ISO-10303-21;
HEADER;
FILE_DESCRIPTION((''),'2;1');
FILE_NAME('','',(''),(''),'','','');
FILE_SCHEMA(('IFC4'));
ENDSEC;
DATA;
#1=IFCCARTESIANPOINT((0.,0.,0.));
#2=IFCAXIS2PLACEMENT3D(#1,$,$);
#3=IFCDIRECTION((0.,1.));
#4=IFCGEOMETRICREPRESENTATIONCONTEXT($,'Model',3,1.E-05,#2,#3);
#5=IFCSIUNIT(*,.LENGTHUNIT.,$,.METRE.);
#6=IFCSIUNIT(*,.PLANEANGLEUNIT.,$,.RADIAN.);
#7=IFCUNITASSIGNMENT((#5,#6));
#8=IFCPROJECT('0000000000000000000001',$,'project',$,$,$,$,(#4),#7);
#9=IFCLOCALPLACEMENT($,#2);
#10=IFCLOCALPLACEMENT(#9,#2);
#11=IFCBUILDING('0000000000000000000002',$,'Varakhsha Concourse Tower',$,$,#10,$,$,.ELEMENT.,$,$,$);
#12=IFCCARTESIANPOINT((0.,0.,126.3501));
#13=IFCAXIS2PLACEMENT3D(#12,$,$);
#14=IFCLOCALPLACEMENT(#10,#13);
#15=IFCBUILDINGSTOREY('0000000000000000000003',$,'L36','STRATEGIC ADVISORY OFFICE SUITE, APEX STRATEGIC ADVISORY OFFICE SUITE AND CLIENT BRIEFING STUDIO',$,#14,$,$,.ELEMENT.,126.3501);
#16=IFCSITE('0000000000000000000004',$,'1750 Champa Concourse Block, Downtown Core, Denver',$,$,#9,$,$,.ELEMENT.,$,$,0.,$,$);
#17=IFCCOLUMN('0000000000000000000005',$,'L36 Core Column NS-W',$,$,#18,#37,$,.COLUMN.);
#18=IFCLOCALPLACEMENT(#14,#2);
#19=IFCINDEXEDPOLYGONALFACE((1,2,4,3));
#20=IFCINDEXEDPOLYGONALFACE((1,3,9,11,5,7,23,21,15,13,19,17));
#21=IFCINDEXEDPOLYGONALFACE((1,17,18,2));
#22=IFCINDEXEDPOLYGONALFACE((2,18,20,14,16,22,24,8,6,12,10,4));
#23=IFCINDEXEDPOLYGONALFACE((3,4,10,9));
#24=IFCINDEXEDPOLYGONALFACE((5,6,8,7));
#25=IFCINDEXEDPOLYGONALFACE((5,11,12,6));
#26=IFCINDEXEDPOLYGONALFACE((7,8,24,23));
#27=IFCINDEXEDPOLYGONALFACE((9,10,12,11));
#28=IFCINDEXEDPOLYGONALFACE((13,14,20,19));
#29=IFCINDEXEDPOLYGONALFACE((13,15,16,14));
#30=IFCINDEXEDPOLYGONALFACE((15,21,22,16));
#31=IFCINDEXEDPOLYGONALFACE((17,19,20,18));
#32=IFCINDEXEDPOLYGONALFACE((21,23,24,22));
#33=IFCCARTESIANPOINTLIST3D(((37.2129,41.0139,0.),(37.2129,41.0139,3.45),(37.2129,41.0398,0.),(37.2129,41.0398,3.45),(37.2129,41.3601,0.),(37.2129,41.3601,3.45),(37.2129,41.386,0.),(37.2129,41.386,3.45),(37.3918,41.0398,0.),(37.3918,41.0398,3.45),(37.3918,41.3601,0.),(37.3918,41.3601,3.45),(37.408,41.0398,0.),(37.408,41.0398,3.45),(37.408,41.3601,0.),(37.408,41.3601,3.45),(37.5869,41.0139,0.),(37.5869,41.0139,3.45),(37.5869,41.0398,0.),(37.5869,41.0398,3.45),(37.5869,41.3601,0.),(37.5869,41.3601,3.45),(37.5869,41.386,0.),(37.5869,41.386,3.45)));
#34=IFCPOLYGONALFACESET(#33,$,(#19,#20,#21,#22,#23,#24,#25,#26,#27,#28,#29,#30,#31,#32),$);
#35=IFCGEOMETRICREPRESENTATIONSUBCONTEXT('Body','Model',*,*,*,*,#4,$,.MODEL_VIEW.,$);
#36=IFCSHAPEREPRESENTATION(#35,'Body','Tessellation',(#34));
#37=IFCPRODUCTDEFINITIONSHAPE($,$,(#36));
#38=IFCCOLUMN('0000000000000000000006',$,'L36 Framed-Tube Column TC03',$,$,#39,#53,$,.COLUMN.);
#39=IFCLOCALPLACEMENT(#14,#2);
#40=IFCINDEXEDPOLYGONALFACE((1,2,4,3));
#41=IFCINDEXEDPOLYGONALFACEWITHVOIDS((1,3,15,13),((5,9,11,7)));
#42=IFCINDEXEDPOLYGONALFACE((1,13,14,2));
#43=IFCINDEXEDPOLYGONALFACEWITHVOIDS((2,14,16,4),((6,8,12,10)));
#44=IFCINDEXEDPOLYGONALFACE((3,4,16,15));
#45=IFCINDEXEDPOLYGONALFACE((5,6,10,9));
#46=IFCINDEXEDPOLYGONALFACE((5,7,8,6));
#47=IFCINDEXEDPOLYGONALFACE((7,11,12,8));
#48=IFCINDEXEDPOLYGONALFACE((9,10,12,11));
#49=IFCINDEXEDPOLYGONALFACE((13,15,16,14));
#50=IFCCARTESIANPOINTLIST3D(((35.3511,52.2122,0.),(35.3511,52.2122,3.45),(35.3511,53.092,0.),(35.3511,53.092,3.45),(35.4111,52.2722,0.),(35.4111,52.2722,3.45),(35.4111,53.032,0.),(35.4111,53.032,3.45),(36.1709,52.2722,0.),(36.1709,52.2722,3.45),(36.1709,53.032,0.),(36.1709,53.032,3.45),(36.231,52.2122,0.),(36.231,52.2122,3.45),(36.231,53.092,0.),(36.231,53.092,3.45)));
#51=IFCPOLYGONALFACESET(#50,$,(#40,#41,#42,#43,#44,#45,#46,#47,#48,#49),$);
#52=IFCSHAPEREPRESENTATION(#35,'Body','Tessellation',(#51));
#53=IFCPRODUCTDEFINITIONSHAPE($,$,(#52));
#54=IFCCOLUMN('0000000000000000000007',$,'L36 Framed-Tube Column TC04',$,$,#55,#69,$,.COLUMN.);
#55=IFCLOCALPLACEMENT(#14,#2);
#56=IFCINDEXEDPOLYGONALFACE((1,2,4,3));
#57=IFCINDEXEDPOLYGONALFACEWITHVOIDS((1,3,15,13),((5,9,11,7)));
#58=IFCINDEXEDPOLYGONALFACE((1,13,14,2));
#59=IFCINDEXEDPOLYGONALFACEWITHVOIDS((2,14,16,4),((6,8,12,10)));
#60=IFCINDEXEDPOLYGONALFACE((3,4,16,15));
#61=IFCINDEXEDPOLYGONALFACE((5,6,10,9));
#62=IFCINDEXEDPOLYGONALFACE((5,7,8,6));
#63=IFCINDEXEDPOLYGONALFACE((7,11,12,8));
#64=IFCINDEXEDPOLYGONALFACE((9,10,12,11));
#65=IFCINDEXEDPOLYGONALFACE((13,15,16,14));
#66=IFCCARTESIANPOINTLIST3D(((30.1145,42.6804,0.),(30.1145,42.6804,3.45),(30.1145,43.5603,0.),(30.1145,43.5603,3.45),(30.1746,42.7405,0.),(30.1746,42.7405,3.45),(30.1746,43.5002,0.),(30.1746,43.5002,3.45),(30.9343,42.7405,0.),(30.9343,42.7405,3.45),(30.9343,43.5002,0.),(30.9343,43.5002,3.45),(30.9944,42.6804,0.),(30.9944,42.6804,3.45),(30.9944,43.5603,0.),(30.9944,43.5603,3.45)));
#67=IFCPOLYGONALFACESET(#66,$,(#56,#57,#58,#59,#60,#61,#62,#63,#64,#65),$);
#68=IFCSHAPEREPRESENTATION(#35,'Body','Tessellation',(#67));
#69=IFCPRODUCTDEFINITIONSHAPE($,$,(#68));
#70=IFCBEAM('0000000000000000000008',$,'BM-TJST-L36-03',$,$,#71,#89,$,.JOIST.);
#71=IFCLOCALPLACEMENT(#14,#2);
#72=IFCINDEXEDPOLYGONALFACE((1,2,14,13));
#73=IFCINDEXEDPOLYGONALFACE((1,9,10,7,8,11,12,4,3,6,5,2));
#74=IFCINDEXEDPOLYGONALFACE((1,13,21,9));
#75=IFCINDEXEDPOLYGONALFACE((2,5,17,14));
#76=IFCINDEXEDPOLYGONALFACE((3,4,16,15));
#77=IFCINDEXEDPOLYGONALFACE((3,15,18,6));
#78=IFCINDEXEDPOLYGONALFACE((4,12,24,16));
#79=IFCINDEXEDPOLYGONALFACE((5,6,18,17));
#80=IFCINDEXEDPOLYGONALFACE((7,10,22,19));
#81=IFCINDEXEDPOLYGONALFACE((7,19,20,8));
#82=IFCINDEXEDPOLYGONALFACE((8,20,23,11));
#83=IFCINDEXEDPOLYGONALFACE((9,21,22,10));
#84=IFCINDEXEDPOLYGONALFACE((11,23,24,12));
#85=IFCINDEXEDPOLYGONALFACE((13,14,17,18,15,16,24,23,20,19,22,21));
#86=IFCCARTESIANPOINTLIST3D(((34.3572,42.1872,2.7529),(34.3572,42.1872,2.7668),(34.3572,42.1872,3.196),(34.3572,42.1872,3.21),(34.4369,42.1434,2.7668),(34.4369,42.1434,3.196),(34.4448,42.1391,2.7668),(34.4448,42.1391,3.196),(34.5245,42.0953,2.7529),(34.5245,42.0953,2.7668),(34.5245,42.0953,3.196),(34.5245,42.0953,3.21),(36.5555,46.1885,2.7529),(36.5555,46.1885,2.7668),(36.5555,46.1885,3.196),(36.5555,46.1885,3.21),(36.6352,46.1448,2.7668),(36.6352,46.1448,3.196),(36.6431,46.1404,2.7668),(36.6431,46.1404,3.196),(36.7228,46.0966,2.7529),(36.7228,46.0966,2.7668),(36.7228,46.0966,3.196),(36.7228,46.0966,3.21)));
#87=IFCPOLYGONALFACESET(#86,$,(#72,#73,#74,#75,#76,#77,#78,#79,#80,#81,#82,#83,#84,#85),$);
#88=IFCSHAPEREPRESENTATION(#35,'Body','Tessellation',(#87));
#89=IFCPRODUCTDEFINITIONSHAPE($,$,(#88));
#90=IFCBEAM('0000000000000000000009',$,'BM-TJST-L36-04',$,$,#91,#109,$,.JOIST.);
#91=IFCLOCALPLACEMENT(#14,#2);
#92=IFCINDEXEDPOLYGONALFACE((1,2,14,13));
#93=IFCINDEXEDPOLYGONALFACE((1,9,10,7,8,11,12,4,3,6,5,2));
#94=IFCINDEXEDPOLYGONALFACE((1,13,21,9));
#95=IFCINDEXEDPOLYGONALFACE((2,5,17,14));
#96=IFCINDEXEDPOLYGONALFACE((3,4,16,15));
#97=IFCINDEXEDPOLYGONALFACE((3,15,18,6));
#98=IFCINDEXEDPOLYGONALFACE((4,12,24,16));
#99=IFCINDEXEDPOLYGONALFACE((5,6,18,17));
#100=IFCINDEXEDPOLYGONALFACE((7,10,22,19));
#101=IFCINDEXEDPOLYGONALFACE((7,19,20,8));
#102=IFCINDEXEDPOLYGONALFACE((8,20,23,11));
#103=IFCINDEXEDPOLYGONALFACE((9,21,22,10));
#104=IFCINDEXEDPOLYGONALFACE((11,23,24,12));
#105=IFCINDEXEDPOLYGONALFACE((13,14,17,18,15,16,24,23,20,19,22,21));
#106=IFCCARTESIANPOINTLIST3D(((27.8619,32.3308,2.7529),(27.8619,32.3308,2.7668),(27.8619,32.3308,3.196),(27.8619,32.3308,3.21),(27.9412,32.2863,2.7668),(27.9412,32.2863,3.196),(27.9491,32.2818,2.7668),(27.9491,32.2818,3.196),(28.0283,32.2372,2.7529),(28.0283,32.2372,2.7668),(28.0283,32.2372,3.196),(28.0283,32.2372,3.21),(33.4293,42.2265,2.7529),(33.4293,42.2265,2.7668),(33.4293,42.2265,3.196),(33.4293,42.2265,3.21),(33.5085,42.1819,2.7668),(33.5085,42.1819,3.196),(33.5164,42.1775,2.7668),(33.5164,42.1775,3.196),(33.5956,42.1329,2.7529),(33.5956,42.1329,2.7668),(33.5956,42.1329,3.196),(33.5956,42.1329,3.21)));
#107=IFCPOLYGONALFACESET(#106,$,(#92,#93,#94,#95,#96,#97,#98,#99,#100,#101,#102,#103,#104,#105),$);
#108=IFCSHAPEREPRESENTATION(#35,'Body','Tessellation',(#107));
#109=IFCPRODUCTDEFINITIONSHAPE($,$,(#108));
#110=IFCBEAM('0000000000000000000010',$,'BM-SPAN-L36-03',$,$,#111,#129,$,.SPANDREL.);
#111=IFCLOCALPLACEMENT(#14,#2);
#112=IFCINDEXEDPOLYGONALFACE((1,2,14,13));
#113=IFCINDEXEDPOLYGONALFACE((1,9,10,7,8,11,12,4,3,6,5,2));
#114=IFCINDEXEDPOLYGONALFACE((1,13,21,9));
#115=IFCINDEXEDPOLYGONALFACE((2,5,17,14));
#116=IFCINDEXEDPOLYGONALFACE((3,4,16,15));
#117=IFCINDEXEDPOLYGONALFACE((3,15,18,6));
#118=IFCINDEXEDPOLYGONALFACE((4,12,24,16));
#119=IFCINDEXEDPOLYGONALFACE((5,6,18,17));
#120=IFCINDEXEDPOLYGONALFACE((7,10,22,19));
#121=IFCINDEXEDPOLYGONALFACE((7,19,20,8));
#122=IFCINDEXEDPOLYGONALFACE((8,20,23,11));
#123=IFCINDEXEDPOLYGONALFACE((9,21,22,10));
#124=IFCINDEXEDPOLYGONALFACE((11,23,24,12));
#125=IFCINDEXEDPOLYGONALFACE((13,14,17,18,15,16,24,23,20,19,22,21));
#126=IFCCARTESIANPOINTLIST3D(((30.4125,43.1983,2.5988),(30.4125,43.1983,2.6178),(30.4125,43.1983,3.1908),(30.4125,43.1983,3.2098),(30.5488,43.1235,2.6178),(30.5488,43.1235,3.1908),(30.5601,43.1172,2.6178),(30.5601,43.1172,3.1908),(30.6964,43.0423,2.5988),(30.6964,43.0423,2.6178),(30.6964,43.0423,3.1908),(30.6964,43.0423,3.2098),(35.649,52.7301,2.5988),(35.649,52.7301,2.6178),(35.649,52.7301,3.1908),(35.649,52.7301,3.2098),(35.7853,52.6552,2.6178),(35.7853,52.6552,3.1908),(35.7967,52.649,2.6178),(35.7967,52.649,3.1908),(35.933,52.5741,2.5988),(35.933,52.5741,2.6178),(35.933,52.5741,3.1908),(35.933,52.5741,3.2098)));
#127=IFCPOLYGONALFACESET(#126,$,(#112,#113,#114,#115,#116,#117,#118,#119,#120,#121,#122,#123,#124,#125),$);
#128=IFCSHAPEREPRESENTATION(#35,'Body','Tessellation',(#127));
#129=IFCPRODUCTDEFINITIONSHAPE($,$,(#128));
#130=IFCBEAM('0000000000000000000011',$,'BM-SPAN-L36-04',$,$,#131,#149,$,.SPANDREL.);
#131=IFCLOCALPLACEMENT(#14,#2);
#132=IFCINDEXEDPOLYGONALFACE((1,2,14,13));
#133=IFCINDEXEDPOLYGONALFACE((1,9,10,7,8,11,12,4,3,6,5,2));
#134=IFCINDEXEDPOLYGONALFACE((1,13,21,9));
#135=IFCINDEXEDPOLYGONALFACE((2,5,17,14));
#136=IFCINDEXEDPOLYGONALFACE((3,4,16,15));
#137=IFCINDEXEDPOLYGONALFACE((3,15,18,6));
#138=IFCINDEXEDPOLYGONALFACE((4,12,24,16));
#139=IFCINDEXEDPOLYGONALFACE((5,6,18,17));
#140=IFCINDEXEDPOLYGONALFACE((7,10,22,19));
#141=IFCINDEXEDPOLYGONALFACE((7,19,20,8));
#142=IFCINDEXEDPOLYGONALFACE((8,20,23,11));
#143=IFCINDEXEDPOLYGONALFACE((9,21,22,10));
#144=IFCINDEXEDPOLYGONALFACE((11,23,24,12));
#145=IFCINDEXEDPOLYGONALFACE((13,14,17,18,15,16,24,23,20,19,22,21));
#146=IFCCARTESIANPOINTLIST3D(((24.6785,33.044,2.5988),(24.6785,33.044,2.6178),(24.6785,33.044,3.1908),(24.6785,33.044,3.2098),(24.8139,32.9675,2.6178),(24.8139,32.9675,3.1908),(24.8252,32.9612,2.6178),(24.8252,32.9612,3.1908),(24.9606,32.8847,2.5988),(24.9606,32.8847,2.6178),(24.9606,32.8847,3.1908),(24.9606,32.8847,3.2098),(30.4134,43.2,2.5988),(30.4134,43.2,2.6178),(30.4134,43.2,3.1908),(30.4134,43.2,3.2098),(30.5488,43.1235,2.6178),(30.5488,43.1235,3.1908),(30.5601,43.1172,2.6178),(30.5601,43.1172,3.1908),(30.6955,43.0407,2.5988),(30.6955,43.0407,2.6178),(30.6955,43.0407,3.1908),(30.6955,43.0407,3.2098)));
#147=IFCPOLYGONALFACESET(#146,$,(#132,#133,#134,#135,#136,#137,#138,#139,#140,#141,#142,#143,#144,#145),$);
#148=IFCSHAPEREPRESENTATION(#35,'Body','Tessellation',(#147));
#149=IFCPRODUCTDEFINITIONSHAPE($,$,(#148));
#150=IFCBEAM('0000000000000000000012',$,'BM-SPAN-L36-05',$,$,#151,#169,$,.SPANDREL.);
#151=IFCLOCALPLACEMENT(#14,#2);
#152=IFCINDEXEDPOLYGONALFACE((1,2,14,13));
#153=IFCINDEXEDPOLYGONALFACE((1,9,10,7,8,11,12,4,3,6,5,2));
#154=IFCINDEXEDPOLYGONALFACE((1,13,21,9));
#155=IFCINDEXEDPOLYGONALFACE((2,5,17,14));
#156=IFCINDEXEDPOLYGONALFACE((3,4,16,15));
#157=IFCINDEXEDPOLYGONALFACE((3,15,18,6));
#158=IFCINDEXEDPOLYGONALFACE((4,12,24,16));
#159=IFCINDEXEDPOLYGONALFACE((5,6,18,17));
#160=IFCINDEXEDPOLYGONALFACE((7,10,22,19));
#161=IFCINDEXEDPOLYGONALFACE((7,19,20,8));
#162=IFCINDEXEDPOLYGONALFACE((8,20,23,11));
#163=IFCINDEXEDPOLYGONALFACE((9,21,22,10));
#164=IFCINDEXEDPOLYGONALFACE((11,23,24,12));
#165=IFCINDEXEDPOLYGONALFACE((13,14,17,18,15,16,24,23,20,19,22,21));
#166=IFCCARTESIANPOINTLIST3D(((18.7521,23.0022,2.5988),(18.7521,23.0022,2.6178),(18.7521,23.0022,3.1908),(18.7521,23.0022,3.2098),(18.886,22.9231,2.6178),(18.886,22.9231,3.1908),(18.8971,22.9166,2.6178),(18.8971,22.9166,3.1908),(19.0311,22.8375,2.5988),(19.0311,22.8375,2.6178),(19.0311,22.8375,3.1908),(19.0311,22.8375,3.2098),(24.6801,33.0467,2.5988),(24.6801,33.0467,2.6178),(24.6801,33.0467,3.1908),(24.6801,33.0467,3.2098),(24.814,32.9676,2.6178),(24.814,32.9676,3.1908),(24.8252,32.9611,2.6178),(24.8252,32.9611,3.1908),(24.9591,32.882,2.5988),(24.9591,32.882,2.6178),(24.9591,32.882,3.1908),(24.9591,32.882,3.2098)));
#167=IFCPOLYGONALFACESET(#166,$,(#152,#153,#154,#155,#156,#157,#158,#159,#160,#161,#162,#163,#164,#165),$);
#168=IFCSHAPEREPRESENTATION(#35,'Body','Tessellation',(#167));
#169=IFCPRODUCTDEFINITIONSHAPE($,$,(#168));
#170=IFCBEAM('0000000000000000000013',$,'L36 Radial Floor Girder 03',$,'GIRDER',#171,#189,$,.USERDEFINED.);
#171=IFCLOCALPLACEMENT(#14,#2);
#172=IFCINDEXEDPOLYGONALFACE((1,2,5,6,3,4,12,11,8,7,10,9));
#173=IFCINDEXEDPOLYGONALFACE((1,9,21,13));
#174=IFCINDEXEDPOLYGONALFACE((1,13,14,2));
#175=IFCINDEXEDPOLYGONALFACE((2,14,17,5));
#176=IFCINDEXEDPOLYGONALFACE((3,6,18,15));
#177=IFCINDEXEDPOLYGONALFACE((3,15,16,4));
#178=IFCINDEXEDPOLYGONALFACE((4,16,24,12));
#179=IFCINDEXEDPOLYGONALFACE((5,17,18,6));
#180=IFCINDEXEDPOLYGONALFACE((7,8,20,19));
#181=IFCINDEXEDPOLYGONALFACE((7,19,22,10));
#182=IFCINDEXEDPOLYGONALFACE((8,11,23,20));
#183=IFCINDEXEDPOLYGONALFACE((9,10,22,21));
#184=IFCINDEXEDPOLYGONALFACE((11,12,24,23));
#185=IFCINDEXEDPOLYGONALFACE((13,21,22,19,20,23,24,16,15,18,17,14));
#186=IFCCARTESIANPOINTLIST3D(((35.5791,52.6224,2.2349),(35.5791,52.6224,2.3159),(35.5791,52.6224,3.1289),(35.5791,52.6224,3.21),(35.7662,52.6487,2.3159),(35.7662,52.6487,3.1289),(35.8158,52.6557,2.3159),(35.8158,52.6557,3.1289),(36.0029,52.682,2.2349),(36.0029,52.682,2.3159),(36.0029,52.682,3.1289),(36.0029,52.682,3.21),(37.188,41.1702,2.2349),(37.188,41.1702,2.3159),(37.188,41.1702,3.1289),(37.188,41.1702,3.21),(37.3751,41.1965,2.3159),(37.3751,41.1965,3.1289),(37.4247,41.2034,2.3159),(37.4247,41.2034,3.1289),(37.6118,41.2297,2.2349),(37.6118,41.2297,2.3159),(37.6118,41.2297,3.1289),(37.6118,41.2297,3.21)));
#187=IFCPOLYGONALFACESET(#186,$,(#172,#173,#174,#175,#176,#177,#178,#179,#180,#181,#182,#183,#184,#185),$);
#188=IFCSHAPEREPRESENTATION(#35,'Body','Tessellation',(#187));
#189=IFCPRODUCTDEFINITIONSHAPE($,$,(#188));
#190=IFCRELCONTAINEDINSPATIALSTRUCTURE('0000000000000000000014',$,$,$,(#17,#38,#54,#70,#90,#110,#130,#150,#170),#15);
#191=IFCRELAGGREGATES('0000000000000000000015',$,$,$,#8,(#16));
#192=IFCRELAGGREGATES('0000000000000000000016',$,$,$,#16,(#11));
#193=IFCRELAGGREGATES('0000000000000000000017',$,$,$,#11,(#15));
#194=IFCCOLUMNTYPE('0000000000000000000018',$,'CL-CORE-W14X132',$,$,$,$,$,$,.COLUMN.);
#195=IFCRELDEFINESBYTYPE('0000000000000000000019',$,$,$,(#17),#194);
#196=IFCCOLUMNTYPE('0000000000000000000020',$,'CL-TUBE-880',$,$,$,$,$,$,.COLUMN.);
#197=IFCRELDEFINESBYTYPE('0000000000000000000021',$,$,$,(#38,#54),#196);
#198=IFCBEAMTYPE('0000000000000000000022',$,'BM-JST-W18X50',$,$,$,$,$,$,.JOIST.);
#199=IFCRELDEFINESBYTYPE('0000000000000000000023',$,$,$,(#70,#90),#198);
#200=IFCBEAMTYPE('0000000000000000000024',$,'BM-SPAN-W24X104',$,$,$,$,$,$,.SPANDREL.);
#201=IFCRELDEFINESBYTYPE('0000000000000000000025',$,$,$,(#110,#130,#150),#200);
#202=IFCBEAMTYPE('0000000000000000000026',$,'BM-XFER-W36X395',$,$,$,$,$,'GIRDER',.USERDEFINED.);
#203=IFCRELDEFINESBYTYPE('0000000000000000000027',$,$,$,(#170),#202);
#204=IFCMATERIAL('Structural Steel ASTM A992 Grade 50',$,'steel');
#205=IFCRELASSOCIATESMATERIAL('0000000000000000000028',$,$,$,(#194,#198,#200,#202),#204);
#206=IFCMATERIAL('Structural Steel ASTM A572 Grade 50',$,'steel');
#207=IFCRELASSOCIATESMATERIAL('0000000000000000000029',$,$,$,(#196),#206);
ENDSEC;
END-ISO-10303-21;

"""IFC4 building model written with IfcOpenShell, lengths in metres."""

from ifc_helpers import new_model, si_unit, direction, frame, origin, origin_2d, place, context, subcontext, project, spatial, hollow_rectangle, i_section, extrude, material, material_profile, profile_set, type_object, element, save


model = new_model("IFC4")

# Units and contexts
model_context = context("Model", 3, precision=1e-05, world=origin(), true_north=direction((0.0, 1.0)))
body_context = subcontext(model_context, "Body", "Model", "MODEL_VIEW")
ifc_project = project(units=[si_unit("LENGTHUNIT", "METRE"), si_unit("PLANEANGLEUNIT", "RADIAN")], contexts=[model_context])

# Site, building, storey
site_placement = place(None, origin())
site = spatial("IfcSite", under=ifc_project, at=site_placement, Name="1750 Champa Concourse Block, Downtown Core, Denver", CompositionType="ELEMENT", RefElevation=0.0)
building_placement = place(site_placement, origin())
building = spatial("IfcBuilding", under=site, at=building_placement, Name="Varakhsha Concourse Tower", CompositionType="ELEMENT")
storey_placement = place(building_placement, frame((0.0, 0.0, 126.3501)))
storey = spatial("IfcBuildingStorey", under=building, at=storey_placement, Name="L36", Description="STRATEGIC ADVISORY OFFICE SUITE, APEX STRATEGIC ADVISORY OFFICE SUITE AND CLIENT BRIEFING STUDIO", CompositionType="ELEMENT", Elevation=126.3501)

# Columns
ifc_material_1 = material(Name="Structural Steel ASTM A992 Grade 50", Category="steel")
ifc_material_profile_1 = material_profile(ifc_material_1, i_section(OverallWidth=0.374, OverallDepth=0.3721, WebThickness=0.0161, FlangeThickness=0.0259, at=origin_2d()), Name="W14X132")
ifc_profile_set_1 = profile_set([ifc_material_profile_1], Name="Structural Steel ASTM A992 Grade 50")
column_type_1 = type_object("IfcColumnType", Name="CL-CORE-W14X132", PredefinedType="COLUMN", material=ifc_profile_set_1)
column_placement = place(storey_placement, frame((37.3999, 41.2, 0.0), z_axis=(0.0, 0.0, 1.0), x_axis=(1.0, 0.0, 0.0)))
element("IfcColumn", 1, at=column_placement, inside=storey, type_object=column_type_1, Name="L36 Core Column NS-W", PredefinedType="COLUMN", context=body_context, shape_type="SweptSolid", body=[
    extrude(i_section(OverallWidth=0.374, OverallDepth=0.3721, WebThickness=0.0161, FlangeThickness=0.0259, at=origin_2d()), origin(), (0.0, 0.0, 1.0), 3.45),
])
ifc_material_2 = material(Name="Structural Steel ASTM A572 Grade 50", Category="steel")
ifc_material_profile_2 = material_profile(ifc_material_2, hollow_rectangle(XDim=0.8799, YDim=0.8799, WallThickness=0.0601, at=origin_2d()), Name="BOX 880x880x60")
ifc_profile_set_2 = profile_set([ifc_material_profile_2], Name="Structural Steel ASTM A572 Grade 50")
column_type_2 = type_object("IfcColumnType", Name="CL-TUBE-880", PredefinedType="COLUMN", material=ifc_profile_set_2)
for number, where, z_axis, x_axis, name in (
    (2, (35.791, 52.6521, 0.0), (0.0, 0.0, 1.0), (1.0, 0.0, 0.0), "L36 Framed-Tube Column TC03"),
    (3, (30.5544, 43.1204, 0.0), (0.0, 0.0, 1.0), (1.0, 0.0, 0.0), "L36 Framed-Tube Column TC04"),
):
    element("IfcColumn", number, at=place(storey_placement, frame(where, z_axis=z_axis, x_axis=x_axis)), inside=storey, type_object=column_type_2, Name=name, PredefinedType="COLUMN", context=body_context, shape_type="SweptSolid", body=[
        extrude(hollow_rectangle(XDim=0.8799, YDim=0.8799, WallThickness=0.0601, at=origin_2d()), origin(), (0.0, 0.0, 1.0), 3.45),
    ])

# Beams
ifc_material_profile_3 = material_profile(ifc_material_1, i_section(OverallWidth=0.1909, OverallDepth=0.457, WebThickness=0.009, FlangeThickness=0.0139, at=origin_2d()), Name="W18X50")
ifc_profile_set_3 = profile_set([ifc_material_profile_3], Name="Structural Steel ASTM A992 Grade 50")
beam_type_1 = type_object("IfcBeamType", Name="BM-JST-W18X50", PredefinedType="JOIST", material=ifc_profile_set_3)
beam_1_placement = place(storey_placement, frame((36.6392, 46.1426, 2.9814), z_axis=(-0.48151, -0.876441, 0.0), x_axis=(0.876441, -0.48151, 0.0)))
element("IfcBeam", 4, at=beam_1_placement, inside=storey, type_object=beam_type_1, Name="BM-TJST-L36-03", PredefinedType="JOIST", context=body_context, shape_type="SweptSolid", body=[
    extrude(i_section(OverallWidth=0.1909, OverallDepth=0.457, WebThickness=0.009, FlangeThickness=0.0139, at=origin_2d()), origin(), (0.0, 0.0, 1.0), 4.5654),
])
beam_2_placement = place(storey_placement, frame((33.5125, 42.1797, 2.9814), z_axis=(-0.49033, -0.871537, 0.0), x_axis=(0.871537, -0.49033, 0.0)))
element("IfcBeam", 5, at=beam_2_placement, inside=storey, type_object=beam_type_1, Name="BM-TJST-L36-04", PredefinedType="JOIST", context=body_context, shape_type="SweptSolid", body=[
    extrude(i_section(OverallWidth=0.1909, OverallDepth=0.457, WebThickness=0.009, FlangeThickness=0.0139, at=origin_2d()), origin(), (0.0, 0.0, 1.0), 11.3542),
])
ifc_material_profile_4 = material_profile(ifc_material_1, i_section(OverallWidth=0.324, OverallDepth=0.6111, WebThickness=0.0129, FlangeThickness=0.019, at=origin_2d()), Name="W24X104")
ifc_profile_set_4 = profile_set([ifc_material_profile_4], Name="Structural Steel ASTM A992 Grade 50")
beam_type_2 = type_object("IfcBeamType", Name="BM-SPAN-W24X104", PredefinedType="SPANDREL", material=ifc_profile_set_4)
beam_3_placement = place(storey_placement, frame((35.791, 52.6521, 2.9043), z_axis=(-0.481503, -0.876444, 0.0), x_axis=(0.876444, -0.481503, 0.0)))
element("IfcBeam", 6, at=beam_3_placement, inside=storey, type_object=beam_type_2, Name="BM-SPAN-L36-03", PredefinedType="SPANDREL", context=body_context, shape_type="SweptSolid", body=[
    extrude(i_section(OverallWidth=0.324, OverallDepth=0.6111, WebThickness=0.0129, FlangeThickness=0.019, at=origin_2d()), origin(), (0.0, 0.0, 1.0), 10.8755),
])
for number, where, z_axis, x_axis, name in (
    (7, (30.5544, 43.1204, 2.9043), (-0.491701, -0.870764, 0.0), (0.870764, -0.491701, 0.0), "BM-SPAN-L36-04"),
    (8, (24.8196, 32.9644, 2.9043), (-0.508261, -0.861203, 0.0), (0.861203, -0.508261, 0.0), "BM-SPAN-L36-05"),
):
    element("IfcBeam", number, at=place(storey_placement, frame(where, z_axis=z_axis, x_axis=x_axis)), inside=storey, type_object=beam_type_2, Name=name, PredefinedType="SPANDREL", context=body_context, shape_type="SweptSolid", body=[
        extrude(i_section(OverallWidth=0.324, OverallDepth=0.6111, WebThickness=0.0129, FlangeThickness=0.019, at=origin_2d()), origin(), (0.0, 0.0, 1.0), 11.6633),
    ])
ifc_material_profile_5 = material_profile(ifc_material_1, i_section(OverallWidth=0.428, OverallDepth=0.9751, WebThickness=0.05, FlangeThickness=0.0811, at=origin_2d()), Name="W36X395")
ifc_profile_set_5 = profile_set([ifc_material_profile_5], Name="Structural Steel ASTM A992 Grade 50")
beam_type_3 = type_object("IfcBeamType", Name="BM-XFER-W36X395", ElementType="GIRDER", PredefinedType="USERDEFINED", material=ifc_profile_set_5)
beam_4_placement = place(storey_placement, frame((37.3999, 41.2, 2.7224), z_axis=(-0.139122, 0.990275, 0.0), x_axis=(-0.990275, -0.139122, 0.0)))
element("IfcBeam", 9, at=beam_4_placement, inside=storey, type_object=beam_type_3, Name="L36 Radial Floor Girder 03", ObjectType="GIRDER", PredefinedType="USERDEFINED", context=body_context, shape_type="SweptSolid", body=[
    extrude(i_section(OverallWidth=0.428, OverallDepth=0.9751, WebThickness=0.05, FlangeThickness=0.0811, at=origin_2d()), origin(), (0.0, 0.0, 1.0), 11.5647),
])

save(model, "model.ifc")
